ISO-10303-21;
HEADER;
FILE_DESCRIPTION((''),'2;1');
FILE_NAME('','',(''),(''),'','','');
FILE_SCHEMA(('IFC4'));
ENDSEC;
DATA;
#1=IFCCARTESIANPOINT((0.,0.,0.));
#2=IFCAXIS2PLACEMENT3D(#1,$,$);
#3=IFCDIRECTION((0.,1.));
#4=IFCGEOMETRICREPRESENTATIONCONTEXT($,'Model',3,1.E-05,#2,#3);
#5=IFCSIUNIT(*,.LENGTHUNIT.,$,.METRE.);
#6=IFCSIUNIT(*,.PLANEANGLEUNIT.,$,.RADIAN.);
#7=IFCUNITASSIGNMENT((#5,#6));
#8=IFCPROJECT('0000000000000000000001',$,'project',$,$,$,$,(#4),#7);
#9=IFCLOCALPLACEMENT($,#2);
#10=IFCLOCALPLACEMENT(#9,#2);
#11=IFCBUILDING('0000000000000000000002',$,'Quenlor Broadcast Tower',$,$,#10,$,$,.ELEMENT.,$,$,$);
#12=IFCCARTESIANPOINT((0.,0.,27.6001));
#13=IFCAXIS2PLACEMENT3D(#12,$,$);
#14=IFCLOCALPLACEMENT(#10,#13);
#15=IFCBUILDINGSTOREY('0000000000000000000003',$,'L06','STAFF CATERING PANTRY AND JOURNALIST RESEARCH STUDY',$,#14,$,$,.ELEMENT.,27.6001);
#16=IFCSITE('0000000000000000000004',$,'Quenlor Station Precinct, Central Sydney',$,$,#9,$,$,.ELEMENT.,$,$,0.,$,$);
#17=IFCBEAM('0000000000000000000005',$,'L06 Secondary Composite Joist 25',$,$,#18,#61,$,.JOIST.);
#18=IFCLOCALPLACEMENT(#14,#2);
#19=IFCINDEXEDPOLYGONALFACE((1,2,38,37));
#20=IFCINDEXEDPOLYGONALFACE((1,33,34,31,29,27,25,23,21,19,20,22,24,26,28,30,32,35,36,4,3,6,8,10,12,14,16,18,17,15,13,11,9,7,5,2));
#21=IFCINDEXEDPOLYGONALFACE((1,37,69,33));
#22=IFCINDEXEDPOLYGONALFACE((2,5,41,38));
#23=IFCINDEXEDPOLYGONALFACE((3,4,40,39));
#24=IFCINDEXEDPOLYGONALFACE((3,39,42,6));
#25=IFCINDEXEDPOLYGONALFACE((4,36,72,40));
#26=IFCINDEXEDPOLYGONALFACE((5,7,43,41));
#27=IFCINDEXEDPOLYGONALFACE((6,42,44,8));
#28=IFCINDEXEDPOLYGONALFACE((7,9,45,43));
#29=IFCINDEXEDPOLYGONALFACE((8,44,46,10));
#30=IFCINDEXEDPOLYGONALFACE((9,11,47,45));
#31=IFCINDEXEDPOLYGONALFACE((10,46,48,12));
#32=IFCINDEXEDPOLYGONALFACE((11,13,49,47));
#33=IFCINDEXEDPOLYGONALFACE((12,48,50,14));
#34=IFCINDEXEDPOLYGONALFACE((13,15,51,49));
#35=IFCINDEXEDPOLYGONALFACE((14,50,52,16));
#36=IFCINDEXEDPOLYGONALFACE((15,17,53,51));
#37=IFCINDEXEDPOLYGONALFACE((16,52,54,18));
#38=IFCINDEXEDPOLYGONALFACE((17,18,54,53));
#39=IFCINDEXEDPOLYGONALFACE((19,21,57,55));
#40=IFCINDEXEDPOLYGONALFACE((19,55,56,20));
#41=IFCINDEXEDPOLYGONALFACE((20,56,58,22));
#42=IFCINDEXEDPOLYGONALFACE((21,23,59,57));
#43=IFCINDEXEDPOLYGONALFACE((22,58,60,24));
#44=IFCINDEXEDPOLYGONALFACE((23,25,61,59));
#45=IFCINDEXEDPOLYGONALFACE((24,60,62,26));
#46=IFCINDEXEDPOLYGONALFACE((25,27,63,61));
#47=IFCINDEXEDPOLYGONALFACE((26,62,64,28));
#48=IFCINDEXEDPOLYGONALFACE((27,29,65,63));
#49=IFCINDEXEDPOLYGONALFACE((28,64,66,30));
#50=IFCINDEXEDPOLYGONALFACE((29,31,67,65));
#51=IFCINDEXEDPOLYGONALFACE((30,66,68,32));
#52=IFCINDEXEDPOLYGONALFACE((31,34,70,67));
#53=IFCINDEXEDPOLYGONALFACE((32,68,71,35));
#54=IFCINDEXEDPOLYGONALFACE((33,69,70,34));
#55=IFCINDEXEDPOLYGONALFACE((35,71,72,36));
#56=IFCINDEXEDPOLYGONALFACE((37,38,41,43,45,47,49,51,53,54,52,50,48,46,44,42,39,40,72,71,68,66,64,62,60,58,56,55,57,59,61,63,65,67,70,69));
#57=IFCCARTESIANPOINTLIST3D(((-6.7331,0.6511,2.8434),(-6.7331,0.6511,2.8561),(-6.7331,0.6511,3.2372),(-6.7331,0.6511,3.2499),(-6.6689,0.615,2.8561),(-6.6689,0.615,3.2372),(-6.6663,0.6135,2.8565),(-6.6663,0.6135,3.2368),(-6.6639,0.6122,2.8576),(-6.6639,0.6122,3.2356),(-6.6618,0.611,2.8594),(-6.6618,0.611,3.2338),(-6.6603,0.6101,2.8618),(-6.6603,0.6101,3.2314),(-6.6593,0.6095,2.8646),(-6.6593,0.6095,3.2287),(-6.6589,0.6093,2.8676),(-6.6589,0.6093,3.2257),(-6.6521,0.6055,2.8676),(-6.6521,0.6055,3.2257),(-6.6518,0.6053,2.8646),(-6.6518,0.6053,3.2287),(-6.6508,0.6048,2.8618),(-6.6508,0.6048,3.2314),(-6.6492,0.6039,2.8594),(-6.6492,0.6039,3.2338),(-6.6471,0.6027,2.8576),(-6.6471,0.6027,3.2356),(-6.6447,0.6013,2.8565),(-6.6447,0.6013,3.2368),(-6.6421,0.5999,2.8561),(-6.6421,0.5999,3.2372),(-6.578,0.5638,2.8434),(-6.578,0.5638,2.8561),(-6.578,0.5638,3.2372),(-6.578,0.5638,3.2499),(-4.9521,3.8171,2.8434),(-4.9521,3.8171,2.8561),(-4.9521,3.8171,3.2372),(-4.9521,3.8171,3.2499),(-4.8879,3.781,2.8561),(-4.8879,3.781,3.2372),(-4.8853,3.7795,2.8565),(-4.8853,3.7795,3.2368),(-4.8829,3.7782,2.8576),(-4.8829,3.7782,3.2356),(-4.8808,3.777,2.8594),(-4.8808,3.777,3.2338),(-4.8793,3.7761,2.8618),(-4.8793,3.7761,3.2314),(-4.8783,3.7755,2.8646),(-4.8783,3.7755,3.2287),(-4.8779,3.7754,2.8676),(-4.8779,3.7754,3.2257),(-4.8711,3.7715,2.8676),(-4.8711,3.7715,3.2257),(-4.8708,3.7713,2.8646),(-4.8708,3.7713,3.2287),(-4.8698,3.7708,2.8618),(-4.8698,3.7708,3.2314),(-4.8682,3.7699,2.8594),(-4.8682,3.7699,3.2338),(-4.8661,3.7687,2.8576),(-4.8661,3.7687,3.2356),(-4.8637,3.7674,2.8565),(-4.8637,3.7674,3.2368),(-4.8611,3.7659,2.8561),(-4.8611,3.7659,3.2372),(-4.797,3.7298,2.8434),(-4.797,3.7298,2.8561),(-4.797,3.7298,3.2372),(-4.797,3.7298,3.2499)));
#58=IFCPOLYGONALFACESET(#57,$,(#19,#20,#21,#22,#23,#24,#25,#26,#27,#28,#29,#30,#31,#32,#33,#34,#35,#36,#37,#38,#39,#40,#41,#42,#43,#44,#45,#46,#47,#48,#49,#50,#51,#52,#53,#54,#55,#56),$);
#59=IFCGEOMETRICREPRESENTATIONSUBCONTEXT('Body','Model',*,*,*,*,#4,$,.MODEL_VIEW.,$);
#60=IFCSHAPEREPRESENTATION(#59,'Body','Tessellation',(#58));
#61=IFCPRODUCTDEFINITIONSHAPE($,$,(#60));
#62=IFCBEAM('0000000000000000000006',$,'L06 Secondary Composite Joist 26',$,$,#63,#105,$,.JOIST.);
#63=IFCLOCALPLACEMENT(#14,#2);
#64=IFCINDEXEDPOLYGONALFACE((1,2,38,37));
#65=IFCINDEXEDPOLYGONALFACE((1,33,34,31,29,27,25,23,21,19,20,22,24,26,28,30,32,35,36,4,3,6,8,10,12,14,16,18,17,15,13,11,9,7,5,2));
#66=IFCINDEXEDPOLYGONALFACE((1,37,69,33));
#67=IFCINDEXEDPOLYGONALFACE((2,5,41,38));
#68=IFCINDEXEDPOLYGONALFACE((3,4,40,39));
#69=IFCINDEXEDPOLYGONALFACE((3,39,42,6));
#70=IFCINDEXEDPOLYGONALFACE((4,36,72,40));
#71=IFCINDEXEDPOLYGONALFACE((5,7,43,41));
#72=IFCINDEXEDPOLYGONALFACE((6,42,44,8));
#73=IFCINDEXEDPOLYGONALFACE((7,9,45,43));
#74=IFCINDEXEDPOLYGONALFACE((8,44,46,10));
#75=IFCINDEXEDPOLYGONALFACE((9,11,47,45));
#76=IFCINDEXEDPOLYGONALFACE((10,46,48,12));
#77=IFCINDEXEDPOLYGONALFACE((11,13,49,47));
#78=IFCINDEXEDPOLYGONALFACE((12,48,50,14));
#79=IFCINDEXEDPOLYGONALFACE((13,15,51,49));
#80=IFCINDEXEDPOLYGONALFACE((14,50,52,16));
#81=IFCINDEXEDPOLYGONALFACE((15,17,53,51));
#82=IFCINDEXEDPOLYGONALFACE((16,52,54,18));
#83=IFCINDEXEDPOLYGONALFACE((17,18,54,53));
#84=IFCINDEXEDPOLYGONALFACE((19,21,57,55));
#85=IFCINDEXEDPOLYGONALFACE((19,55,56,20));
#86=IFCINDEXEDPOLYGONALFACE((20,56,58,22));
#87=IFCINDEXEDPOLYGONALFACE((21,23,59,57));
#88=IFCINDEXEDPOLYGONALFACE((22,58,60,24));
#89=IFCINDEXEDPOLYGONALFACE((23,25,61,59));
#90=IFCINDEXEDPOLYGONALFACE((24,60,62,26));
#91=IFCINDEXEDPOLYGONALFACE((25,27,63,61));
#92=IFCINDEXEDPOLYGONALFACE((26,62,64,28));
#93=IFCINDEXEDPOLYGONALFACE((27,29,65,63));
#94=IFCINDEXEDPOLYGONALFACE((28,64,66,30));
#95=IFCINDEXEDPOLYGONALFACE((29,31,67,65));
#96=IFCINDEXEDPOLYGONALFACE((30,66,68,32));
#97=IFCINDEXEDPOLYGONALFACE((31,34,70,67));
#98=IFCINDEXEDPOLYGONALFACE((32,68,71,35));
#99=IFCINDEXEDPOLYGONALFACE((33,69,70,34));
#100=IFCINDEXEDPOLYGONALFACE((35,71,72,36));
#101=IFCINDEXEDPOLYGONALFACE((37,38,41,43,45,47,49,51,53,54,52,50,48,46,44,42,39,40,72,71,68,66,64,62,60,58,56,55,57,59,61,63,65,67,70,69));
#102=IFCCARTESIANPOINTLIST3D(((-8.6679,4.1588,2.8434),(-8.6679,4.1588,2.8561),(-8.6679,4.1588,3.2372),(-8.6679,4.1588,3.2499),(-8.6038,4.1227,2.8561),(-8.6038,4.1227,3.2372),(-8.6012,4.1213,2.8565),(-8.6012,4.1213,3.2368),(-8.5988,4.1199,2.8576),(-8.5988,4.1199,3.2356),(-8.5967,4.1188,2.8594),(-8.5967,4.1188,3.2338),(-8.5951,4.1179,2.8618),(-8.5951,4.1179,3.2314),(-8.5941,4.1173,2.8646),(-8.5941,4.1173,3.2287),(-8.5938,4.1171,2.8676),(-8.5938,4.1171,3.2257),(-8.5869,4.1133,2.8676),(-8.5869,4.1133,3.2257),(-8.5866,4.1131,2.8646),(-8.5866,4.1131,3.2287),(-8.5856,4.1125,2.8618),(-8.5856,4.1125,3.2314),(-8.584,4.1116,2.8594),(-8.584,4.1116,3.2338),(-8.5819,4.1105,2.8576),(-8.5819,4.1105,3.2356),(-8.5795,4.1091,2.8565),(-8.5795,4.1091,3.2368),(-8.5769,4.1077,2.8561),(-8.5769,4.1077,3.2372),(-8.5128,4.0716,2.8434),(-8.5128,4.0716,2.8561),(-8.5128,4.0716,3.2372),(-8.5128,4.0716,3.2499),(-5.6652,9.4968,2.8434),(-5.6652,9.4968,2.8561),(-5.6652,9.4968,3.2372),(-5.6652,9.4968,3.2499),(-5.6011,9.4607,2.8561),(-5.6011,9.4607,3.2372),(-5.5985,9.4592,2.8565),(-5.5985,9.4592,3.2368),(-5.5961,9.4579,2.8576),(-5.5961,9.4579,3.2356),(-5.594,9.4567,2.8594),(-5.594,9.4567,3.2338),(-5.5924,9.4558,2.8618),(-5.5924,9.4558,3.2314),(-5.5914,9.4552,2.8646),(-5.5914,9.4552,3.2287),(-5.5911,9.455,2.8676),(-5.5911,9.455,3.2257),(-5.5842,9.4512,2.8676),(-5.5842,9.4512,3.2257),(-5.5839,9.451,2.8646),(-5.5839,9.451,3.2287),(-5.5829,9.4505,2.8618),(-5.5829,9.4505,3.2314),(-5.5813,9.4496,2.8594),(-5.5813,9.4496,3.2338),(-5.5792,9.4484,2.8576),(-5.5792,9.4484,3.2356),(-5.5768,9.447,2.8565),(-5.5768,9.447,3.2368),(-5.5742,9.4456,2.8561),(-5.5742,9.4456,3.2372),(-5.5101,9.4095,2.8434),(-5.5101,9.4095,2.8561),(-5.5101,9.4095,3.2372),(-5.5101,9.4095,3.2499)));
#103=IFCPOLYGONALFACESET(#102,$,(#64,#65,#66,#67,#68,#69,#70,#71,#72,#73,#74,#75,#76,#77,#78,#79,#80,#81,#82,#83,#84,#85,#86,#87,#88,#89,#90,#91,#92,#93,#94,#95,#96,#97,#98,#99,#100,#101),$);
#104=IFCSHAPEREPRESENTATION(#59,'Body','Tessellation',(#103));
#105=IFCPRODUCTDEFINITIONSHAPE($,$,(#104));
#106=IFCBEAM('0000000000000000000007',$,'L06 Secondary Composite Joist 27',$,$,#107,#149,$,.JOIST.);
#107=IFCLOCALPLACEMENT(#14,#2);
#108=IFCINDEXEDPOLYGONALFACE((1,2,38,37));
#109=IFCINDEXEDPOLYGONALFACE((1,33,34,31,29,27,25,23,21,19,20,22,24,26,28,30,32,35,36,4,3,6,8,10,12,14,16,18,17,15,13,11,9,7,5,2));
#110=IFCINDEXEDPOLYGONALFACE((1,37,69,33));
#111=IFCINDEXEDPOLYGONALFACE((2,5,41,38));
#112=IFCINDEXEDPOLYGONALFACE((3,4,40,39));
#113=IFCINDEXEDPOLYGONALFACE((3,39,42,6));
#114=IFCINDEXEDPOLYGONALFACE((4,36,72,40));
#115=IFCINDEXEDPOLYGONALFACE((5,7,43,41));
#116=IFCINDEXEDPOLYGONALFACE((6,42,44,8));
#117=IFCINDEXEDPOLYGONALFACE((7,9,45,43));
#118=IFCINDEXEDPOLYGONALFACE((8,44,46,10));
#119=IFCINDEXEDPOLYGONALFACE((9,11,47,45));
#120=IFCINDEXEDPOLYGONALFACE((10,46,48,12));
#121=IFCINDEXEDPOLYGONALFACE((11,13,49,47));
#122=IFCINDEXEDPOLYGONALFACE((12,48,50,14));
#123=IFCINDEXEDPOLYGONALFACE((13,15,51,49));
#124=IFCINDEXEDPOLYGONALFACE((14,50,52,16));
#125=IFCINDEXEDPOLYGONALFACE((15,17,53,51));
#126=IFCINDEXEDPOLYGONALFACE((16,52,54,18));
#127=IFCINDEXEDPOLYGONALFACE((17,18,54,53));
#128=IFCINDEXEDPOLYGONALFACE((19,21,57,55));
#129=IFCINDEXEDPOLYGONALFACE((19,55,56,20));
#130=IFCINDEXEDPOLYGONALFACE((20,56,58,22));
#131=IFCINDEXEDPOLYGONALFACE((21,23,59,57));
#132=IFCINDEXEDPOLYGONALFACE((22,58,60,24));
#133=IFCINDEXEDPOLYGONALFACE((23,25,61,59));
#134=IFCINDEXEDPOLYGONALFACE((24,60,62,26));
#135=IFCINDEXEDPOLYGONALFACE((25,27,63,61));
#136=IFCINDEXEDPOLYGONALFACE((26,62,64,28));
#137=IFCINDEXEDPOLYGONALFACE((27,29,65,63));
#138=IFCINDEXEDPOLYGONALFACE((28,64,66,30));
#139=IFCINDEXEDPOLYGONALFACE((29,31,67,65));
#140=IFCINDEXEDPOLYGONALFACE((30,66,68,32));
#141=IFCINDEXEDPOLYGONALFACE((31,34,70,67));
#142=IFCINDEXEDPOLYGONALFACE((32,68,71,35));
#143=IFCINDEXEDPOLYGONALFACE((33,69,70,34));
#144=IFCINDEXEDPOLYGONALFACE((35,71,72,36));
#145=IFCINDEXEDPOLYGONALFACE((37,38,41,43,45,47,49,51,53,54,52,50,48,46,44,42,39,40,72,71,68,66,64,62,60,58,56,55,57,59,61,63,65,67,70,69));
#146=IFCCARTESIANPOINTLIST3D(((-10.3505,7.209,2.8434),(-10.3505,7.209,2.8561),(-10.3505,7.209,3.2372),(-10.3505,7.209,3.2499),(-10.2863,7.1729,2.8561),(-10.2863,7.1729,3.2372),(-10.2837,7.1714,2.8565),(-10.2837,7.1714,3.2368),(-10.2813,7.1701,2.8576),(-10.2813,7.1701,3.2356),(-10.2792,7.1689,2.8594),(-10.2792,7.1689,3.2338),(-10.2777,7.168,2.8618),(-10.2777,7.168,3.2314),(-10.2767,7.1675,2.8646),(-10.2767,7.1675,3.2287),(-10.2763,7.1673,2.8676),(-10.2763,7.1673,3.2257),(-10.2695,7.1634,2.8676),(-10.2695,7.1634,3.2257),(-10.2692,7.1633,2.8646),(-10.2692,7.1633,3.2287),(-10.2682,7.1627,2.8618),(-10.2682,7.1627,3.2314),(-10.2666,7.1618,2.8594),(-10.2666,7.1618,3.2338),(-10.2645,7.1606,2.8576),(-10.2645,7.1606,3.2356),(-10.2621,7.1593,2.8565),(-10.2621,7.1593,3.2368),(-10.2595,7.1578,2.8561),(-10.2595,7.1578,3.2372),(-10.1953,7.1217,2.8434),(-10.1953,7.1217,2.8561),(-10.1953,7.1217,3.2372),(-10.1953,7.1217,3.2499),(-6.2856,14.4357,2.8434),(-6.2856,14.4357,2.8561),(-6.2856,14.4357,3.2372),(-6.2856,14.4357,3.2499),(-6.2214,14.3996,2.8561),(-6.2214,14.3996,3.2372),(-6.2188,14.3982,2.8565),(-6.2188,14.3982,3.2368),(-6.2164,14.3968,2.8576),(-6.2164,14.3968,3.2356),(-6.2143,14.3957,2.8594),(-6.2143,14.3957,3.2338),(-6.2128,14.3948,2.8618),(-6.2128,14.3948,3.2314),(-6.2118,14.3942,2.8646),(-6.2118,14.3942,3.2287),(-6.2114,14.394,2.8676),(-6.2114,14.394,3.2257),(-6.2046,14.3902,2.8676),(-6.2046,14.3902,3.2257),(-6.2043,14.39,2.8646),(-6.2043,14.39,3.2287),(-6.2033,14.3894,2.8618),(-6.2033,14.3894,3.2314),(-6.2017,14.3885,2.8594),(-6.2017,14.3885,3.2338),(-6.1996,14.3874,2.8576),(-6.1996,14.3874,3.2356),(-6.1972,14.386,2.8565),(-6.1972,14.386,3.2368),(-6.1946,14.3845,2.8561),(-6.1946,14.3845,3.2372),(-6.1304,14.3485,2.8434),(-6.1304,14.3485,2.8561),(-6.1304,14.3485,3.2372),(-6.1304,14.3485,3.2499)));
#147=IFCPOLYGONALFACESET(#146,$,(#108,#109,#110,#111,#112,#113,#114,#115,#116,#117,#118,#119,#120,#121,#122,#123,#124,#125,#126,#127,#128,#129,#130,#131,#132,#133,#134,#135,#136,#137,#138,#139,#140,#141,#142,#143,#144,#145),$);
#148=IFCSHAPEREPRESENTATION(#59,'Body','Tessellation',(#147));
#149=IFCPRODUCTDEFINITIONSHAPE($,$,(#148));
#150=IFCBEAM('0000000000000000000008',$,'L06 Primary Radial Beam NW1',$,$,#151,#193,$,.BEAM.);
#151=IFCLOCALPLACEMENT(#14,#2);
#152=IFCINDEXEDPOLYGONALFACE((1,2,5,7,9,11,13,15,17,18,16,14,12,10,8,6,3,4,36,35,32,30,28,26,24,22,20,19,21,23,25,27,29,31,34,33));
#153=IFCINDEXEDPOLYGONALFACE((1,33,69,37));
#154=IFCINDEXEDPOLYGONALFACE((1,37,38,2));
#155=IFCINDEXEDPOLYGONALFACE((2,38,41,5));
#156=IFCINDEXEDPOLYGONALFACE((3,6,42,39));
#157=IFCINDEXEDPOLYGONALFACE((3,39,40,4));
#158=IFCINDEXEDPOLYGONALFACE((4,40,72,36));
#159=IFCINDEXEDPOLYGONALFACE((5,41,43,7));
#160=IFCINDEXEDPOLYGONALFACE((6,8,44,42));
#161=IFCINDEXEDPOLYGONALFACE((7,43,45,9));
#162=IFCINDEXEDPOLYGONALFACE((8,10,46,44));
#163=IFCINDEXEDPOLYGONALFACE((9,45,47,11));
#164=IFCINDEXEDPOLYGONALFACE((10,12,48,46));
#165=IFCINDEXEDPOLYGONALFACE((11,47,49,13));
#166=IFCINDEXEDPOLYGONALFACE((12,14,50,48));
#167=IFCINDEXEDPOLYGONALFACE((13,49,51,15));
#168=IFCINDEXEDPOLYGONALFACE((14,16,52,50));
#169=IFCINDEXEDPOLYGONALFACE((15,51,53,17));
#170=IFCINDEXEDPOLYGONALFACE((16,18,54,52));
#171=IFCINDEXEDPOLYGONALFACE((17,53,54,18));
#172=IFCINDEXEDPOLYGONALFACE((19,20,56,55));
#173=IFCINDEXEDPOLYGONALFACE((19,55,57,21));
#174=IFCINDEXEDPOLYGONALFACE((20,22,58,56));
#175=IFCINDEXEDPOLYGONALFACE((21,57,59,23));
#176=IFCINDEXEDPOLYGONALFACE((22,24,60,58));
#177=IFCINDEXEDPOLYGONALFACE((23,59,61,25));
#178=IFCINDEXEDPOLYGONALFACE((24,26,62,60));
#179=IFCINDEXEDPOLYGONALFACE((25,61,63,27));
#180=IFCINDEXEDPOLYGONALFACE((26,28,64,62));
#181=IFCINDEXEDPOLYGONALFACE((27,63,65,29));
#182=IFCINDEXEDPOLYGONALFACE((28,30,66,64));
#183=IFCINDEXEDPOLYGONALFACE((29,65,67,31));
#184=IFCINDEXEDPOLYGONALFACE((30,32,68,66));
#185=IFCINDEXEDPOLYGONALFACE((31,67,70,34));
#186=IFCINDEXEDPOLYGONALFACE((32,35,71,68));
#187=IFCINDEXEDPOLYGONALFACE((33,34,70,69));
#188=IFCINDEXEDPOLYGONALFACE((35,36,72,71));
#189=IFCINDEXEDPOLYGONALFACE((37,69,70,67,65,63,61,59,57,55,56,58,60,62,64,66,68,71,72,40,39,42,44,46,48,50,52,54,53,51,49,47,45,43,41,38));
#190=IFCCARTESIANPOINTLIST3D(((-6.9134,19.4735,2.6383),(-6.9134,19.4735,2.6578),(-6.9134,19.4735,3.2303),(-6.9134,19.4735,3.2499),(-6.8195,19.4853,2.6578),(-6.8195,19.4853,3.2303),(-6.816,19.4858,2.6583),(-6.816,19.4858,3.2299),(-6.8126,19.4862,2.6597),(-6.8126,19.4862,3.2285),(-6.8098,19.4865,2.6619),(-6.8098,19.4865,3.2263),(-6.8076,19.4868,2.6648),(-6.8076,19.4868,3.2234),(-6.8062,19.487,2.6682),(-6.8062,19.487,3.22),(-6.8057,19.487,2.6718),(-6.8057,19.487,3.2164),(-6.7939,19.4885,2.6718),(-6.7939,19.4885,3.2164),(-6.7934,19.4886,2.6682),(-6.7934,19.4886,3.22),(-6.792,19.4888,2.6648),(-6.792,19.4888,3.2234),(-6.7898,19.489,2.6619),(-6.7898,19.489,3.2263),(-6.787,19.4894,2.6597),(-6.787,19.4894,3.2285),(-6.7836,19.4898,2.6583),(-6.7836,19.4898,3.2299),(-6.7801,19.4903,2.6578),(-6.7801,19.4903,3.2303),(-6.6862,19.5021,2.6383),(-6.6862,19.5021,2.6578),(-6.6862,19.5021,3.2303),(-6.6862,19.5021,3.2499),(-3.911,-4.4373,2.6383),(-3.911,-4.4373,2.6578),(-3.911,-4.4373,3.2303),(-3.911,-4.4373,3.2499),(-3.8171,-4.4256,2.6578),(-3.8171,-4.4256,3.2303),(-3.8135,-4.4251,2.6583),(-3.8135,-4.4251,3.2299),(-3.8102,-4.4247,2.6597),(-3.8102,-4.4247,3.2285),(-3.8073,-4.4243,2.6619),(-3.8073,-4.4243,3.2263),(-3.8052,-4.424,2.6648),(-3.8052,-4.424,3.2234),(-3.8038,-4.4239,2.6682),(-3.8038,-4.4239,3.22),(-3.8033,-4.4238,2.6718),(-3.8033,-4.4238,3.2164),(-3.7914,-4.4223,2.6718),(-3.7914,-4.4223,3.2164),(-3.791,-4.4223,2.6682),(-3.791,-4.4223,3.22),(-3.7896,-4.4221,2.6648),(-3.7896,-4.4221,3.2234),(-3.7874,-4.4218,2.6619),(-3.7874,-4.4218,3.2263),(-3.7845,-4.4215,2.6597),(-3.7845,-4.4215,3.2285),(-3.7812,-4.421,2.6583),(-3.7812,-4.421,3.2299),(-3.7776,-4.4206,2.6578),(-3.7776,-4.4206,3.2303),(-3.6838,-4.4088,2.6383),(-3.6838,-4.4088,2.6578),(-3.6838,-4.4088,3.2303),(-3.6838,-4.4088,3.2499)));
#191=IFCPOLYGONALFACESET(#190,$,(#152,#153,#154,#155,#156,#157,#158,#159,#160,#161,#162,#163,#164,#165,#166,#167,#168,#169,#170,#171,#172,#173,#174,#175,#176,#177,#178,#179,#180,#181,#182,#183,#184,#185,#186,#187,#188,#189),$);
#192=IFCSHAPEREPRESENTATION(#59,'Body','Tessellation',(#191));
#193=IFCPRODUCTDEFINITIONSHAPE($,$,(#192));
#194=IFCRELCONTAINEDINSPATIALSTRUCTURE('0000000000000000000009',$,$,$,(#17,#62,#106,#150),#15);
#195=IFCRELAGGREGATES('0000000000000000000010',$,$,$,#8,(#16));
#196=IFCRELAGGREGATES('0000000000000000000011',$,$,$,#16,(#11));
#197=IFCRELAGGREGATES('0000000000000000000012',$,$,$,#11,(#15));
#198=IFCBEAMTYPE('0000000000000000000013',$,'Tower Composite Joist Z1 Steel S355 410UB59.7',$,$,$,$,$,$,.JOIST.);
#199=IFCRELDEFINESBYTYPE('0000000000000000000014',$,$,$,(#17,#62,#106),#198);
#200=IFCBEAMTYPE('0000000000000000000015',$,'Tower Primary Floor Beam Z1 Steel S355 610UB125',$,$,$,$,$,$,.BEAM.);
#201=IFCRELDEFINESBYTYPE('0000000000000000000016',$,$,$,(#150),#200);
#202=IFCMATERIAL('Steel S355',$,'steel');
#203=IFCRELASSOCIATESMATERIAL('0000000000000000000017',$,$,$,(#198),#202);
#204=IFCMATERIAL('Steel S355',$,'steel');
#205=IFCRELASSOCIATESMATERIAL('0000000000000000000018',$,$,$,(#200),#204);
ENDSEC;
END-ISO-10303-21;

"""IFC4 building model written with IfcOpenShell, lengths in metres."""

from ifc_helpers import new_model, si_unit, direction, frame, origin, origin_2d, place, context, subcontext, project, spatial, i_section, extrude, material, material_profile, profile_set, type_object, element, save


model = new_model("IFC4")

# Units and contexts
model_context = context("Model", 3, precision=1e-05, world=origin(), true_north=direction((0.0, 1.0)))
body_context = subcontext(model_context, "Body", "Model", "MODEL_VIEW")
ifc_project = project(units=[si_unit("LENGTHUNIT", "METRE"), si_unit("PLANEANGLEUNIT", "RADIAN")], contexts=[model_context])

# Site, building, storey
site_placement = place(None, origin())
site = spatial("IfcSite", under=ifc_project, at=site_placement, Name="Quenlor Station Precinct, Central Sydney", CompositionType="ELEMENT", RefElevation=0.0)
building_placement = place(site_placement, origin())
building = spatial("IfcBuilding", under=site, at=building_placement, Name="Quenlor Broadcast Tower", CompositionType="ELEMENT")
storey_placement = place(building_placement, frame((0.0, 0.0, 27.6001)))
storey = spatial("IfcBuildingStorey", under=building, at=storey_placement, Name="L06", Description="STAFF CATERING PANTRY AND JOURNALIST RESEARCH STUDY", CompositionType="ELEMENT", Elevation=27.6001)

# Beams
ifc_material_1 = material(Name="Steel S355", Category="steel")
ifc_material_profile_1 = material_profile(ifc_material_1, i_section(OverallWidth=0.178, OverallDepth=0.4065, WebThickness=0.0078, FlangeThickness=0.0127, FilletRadius=0.0115, at=origin_2d()))
ifc_profile_set_1 = profile_set([ifc_material_profile_1], Name="Steel S355 410UB59.7")
beam_type_1 = type_object("IfcBeamType", Name="Tower Composite Joist Z1 Steel S355 410UB59.7", PredefinedType="JOIST", material=ifc_profile_set_1)
beam_1_placement = place(storey_placement, frame((-4.8745, 3.7734, 3.0466), z_axis=(-0.490287, -0.871561, 0.0), x_axis=(0.871561, -0.490287, 0.0)))
element("IfcBeam", 1, at=beam_1_placement, inside=storey, type_object=beam_type_1, Name="L06 Secondary Composite Joist 25", PredefinedType="JOIST", context=body_context, shape_type="SweptSolid", body=[
    extrude(i_section(OverallWidth=0.178, OverallDepth=0.4065, WebThickness=0.0078, FlangeThickness=0.0127, FilletRadius=0.0115, at=origin_2d()), origin(), (0.0, 0.0, 1.0), 3.6326),
])
beam_2_placement = place(storey_placement, frame((-5.5876, 9.4531, 3.0466), z_axis=(-0.490276, -0.871567, 0.0), x_axis=(0.871567, -0.490276, 0.0)))
element("IfcBeam", 2, at=beam_2_placement, inside=storey, type_object=beam_type_1, Name="L06 Secondary Composite Joist 26", PredefinedType="JOIST", context=body_context, shape_type="SweptSolid", body=[
    extrude(i_section(OverallWidth=0.178, OverallDepth=0.4065, WebThickness=0.0078, FlangeThickness=0.0127, FilletRadius=0.0115, at=origin_2d()), origin(), (0.0, 0.0, 1.0), 6.1245),
])
beam_3_placement = place(storey_placement, frame((-6.208, 14.3921, 3.0466), z_axis=(-0.490249, -0.871583, 0.0), x_axis=(0.871583, -0.490249, 0.0)))
element("IfcBeam", 3, at=beam_3_placement, inside=storey, type_object=beam_type_1, Name="L06 Secondary Composite Joist 27", PredefinedType="JOIST", context=body_context, shape_type="SweptSolid", body=[
    extrude(i_section(OverallWidth=0.178, OverallDepth=0.4065, WebThickness=0.0078, FlangeThickness=0.0127, FilletRadius=0.0115, at=origin_2d()), origin(), (0.0, 0.0, 1.0), 8.2915),
])
ifc_material_2 = material(Name="Steel S355", Category="steel")
ifc_material_profile_2 = material_profile(ifc_material_2, i_section(OverallWidth=0.229, OverallDepth=0.6116, WebThickness=0.012, FlangeThickness=0.0195, FilletRadius=0.0139, at=origin_2d()))
ifc_profile_set_2 = profile_set([ifc_material_profile_2], Name="Steel S355 610UB125")
beam_type_2 = type_object("IfcBeamType", Name="Tower Primary Floor Beam Z1 Steel S355 610UB125", PredefinedType="BEAM", material=ifc_profile_set_2)
beam_4_placement = place(storey_placement, frame((-6.7998, 19.4878, 2.9441), z_axis=(0.12459, -0.992208, 0.0), x_axis=(0.992208, 0.12459, 0.0)))
element("IfcBeam", 4, at=beam_4_placement, inside=storey, type_object=beam_type_2, Name="L06 Primary Radial Beam NW1", PredefinedType="BEAM", context=body_context, shape_type="SweptSolid", body=[
    extrude(i_section(OverallWidth=0.229, OverallDepth=0.6116, WebThickness=0.012, FlangeThickness=0.0195, FilletRadius=0.0139, at=origin_2d()), origin(), (0.0, 0.0, 1.0), 24.0986),
])

save(model, "model.ifc")
